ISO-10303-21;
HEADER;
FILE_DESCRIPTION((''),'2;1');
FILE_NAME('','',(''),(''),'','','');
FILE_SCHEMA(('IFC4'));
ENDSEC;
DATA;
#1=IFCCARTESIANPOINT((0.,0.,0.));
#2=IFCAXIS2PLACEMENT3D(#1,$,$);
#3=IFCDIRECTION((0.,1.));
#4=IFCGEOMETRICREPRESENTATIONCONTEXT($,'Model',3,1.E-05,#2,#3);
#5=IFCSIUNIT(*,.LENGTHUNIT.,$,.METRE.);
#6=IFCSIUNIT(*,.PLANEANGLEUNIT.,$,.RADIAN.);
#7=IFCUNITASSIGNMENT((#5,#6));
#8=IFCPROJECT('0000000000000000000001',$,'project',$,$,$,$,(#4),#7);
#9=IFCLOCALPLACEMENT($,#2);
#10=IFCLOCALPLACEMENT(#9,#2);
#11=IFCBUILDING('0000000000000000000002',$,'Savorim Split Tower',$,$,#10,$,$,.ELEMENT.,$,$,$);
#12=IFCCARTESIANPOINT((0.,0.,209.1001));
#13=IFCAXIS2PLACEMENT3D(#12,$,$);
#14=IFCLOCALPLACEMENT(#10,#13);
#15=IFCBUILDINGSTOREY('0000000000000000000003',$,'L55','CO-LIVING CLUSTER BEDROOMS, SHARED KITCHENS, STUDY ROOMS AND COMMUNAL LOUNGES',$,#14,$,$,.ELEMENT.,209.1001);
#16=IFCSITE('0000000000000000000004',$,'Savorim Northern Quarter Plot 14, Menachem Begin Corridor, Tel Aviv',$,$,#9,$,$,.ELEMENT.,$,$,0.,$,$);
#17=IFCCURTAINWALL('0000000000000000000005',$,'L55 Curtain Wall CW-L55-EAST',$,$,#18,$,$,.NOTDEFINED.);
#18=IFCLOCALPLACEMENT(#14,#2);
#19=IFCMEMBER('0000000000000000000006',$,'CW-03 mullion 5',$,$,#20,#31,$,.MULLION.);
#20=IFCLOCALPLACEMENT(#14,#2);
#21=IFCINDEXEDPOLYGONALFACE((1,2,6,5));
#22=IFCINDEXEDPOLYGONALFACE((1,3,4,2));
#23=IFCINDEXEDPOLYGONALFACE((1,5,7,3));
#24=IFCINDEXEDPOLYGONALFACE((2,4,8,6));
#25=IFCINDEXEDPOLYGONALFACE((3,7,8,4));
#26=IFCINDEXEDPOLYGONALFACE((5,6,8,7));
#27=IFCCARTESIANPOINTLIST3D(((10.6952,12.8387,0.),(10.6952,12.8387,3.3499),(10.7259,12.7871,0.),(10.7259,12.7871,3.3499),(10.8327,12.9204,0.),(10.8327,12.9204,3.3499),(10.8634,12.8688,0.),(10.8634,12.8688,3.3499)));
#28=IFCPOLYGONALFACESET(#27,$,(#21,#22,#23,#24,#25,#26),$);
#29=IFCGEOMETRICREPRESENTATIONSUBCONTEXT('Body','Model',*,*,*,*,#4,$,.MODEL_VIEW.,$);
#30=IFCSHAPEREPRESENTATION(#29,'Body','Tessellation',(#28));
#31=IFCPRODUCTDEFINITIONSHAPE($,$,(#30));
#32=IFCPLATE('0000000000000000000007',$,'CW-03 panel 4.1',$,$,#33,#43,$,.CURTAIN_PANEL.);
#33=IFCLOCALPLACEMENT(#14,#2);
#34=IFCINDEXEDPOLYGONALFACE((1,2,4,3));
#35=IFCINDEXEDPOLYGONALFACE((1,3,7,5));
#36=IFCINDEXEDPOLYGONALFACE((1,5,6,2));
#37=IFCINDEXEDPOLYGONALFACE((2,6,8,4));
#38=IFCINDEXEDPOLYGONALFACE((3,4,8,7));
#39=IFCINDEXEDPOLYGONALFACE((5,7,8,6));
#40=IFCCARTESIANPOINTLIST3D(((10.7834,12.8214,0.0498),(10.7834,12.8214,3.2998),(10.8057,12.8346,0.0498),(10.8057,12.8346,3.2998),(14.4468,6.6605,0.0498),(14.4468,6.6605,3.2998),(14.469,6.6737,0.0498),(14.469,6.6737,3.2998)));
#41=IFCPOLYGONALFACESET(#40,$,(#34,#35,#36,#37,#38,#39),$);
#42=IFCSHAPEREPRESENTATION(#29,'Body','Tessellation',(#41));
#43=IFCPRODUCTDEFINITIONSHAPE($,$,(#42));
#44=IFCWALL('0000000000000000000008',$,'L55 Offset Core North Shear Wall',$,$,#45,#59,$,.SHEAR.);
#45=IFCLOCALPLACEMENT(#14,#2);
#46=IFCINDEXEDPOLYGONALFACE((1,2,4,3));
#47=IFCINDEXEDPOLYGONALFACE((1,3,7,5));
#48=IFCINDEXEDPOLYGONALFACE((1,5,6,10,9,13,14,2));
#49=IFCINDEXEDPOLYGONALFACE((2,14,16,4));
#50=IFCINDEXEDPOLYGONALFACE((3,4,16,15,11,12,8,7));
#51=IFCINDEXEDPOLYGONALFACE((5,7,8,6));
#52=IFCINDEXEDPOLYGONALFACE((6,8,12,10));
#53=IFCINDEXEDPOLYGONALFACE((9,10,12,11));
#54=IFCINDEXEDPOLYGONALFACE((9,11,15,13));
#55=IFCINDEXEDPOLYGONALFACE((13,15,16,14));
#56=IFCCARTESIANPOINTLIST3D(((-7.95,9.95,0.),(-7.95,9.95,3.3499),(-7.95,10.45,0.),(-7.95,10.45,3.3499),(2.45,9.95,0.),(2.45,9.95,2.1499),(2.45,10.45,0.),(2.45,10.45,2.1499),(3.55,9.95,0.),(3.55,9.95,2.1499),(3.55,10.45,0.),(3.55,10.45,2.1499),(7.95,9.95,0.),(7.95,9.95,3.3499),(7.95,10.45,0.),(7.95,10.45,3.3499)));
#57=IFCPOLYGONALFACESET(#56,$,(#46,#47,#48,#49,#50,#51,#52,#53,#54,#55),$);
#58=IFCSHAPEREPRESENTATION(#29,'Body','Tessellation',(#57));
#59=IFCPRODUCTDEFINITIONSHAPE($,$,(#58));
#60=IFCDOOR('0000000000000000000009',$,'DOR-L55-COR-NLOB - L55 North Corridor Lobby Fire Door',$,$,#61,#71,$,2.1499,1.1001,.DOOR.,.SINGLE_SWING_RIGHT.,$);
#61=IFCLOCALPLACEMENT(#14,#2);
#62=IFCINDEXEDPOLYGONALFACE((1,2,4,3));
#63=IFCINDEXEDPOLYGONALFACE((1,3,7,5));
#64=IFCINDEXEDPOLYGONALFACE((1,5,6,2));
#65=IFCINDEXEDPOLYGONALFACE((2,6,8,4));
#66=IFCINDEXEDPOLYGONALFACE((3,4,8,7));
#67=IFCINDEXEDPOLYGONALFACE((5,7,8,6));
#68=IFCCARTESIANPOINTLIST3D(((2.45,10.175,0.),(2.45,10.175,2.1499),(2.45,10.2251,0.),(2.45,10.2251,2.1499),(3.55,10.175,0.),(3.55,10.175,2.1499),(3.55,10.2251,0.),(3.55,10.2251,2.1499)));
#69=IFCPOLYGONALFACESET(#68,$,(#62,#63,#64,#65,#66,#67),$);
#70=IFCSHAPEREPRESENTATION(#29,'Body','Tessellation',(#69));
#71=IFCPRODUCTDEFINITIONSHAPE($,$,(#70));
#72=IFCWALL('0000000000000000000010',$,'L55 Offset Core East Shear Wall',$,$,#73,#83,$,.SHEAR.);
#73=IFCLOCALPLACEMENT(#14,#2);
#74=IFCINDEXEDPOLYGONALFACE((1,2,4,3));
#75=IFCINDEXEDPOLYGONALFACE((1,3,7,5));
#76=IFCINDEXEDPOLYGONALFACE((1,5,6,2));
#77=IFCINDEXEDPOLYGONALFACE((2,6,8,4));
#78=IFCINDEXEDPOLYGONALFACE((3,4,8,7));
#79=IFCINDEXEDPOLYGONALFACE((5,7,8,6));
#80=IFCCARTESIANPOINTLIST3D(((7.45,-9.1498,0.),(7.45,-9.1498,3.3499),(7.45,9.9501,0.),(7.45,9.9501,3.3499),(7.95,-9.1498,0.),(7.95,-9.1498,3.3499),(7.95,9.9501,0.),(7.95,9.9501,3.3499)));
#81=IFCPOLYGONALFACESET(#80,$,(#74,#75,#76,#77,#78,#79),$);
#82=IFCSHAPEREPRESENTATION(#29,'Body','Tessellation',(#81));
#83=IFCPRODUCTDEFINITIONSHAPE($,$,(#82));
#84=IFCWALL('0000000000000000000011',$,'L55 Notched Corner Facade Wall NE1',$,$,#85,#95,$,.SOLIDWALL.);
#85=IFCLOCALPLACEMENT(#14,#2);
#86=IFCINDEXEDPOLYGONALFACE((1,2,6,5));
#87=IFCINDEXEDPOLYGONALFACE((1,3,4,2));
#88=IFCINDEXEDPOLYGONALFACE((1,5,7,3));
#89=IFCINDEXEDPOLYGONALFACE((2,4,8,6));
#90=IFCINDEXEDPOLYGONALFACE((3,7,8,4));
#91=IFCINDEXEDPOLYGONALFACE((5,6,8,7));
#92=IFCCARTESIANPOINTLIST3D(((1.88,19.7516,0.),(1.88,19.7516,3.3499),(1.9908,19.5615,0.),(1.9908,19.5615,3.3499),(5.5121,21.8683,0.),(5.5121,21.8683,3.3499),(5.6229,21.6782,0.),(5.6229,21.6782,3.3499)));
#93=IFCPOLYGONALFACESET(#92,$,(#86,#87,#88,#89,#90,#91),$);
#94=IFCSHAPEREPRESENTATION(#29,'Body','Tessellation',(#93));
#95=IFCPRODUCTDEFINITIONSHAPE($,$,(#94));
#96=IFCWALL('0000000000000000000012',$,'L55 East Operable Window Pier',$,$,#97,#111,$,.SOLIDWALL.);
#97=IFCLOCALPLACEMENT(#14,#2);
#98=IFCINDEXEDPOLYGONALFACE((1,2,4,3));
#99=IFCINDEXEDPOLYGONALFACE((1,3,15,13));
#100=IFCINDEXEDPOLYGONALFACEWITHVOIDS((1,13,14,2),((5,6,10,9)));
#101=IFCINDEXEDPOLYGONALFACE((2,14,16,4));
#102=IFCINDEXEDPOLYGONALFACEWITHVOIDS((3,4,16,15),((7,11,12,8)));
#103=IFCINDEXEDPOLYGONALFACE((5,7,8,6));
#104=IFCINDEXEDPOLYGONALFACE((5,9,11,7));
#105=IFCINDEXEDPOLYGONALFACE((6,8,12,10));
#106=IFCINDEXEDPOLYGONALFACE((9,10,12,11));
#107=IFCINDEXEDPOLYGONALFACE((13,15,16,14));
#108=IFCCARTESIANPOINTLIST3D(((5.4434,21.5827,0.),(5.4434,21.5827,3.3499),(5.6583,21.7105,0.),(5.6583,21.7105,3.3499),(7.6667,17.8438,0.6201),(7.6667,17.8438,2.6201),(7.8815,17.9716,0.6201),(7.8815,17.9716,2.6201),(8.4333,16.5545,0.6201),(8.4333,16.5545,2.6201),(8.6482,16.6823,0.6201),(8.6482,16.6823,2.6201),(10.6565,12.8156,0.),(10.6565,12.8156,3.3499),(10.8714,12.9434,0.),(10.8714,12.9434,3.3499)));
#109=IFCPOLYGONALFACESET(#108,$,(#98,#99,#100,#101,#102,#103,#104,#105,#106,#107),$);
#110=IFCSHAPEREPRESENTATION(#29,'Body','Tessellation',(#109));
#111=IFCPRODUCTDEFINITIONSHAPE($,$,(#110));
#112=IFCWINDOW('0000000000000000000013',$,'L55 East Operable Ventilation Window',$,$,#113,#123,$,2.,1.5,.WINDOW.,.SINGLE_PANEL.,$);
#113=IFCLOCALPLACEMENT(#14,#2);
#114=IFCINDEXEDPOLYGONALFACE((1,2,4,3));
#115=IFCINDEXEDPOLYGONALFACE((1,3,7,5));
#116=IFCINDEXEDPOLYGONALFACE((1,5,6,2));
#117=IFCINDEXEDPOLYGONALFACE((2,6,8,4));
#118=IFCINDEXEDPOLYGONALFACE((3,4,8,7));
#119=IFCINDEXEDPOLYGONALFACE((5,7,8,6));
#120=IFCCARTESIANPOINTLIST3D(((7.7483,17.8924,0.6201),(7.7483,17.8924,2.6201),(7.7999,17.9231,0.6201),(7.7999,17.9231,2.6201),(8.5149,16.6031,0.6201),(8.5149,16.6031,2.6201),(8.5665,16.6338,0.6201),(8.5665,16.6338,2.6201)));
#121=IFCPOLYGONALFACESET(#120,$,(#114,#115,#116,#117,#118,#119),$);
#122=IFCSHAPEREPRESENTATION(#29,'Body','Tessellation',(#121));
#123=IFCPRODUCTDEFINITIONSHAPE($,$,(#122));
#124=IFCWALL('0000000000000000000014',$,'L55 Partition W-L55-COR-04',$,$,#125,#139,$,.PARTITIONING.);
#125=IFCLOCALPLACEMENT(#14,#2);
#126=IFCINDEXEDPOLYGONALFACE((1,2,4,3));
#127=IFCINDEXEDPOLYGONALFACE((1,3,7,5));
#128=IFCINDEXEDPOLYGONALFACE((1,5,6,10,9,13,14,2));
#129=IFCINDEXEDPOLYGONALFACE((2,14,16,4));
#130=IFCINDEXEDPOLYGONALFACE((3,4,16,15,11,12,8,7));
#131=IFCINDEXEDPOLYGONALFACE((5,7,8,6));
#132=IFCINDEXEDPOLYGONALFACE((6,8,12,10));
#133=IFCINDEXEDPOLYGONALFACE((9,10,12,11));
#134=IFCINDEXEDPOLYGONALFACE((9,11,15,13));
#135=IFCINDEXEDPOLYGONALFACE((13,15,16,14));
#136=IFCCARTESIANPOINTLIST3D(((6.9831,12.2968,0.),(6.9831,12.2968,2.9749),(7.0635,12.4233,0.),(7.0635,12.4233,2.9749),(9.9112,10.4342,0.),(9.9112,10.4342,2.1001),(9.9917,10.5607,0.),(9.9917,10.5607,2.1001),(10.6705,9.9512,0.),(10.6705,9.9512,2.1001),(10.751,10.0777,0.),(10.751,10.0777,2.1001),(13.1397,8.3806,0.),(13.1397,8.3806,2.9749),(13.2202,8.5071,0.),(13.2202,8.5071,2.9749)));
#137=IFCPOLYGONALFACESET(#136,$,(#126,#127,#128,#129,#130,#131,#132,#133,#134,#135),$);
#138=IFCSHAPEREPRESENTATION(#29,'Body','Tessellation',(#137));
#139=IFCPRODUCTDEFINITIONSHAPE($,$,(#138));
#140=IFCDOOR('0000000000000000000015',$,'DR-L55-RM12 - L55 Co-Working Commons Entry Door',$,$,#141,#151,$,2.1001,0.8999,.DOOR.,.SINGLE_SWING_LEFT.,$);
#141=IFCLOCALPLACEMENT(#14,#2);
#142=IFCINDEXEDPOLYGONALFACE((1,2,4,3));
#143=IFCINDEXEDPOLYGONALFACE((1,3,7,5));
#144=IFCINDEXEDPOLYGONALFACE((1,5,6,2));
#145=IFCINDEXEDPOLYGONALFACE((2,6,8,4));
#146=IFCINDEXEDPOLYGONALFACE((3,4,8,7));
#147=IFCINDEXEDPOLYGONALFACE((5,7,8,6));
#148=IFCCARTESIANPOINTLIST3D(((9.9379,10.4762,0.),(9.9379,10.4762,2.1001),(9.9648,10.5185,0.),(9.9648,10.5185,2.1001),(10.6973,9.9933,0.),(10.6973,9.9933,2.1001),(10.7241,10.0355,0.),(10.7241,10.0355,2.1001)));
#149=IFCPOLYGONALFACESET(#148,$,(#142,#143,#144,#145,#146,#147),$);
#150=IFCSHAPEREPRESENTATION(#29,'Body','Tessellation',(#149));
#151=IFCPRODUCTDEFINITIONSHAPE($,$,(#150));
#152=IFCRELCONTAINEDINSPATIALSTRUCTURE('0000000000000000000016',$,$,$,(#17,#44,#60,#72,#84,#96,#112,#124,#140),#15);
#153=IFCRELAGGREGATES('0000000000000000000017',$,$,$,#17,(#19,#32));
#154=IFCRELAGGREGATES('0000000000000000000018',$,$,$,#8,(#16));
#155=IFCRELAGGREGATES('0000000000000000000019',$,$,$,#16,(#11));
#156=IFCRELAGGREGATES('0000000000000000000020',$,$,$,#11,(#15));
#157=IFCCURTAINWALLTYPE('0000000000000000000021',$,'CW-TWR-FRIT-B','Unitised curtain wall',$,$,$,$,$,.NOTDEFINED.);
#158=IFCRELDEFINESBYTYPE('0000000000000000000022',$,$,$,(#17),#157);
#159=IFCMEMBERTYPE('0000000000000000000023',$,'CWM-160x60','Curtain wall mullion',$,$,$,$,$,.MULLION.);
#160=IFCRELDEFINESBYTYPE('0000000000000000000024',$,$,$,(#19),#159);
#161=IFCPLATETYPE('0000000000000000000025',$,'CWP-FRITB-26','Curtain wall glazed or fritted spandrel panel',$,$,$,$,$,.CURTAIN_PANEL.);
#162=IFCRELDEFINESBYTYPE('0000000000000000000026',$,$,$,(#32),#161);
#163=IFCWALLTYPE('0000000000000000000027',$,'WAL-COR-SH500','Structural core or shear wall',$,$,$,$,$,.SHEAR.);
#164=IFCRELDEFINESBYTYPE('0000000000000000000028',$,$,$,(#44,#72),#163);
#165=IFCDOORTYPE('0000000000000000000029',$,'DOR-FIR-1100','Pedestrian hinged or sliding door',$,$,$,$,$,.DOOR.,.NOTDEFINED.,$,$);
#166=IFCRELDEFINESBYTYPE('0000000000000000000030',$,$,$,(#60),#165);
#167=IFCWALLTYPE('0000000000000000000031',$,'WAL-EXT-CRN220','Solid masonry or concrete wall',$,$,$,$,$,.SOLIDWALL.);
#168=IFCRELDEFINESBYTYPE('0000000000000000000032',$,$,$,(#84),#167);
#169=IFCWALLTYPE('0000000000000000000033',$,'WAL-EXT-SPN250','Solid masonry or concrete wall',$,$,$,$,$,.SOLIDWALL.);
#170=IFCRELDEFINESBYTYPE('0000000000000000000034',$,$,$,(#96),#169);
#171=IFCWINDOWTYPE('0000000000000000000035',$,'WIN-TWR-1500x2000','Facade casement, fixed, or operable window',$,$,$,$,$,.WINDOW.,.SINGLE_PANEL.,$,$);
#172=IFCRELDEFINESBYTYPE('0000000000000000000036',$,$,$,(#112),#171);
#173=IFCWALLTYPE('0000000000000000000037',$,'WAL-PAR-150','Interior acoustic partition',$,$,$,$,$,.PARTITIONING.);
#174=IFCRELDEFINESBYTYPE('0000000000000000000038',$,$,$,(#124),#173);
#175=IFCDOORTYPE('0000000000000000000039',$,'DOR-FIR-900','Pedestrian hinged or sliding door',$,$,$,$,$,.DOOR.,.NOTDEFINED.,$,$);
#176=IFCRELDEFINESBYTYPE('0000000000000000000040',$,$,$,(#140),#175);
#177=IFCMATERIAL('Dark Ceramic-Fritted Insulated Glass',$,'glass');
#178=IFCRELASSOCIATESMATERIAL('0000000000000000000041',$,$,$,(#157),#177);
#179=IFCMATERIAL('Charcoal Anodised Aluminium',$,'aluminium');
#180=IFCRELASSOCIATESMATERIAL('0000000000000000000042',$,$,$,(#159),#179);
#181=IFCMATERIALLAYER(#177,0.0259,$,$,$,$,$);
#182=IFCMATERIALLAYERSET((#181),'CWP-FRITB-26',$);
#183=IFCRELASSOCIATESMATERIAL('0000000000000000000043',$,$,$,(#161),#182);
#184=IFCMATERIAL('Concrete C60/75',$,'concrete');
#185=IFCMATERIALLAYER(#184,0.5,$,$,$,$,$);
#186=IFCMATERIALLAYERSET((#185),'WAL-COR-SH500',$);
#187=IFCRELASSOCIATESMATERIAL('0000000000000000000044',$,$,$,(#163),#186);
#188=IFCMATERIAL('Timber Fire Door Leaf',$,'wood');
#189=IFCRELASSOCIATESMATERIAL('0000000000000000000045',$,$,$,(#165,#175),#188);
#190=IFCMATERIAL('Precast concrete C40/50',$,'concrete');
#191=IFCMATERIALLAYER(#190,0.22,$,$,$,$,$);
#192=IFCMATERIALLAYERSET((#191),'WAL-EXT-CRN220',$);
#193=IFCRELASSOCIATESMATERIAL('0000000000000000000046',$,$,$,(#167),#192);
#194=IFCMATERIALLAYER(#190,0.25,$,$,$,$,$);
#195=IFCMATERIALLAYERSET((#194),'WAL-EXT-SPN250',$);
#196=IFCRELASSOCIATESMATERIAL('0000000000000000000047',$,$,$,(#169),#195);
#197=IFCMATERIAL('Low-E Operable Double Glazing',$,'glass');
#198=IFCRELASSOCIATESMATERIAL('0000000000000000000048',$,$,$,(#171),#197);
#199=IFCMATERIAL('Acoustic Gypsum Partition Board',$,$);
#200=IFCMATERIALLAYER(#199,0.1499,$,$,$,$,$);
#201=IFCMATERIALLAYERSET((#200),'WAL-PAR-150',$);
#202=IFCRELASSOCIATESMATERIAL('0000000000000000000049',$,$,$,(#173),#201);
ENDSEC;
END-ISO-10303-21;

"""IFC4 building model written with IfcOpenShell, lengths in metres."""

from ifc_helpers import new_model, si_unit, direction, frame, frame_2d, origin, origin_2d, place, context, subcontext, project, spatial, rectangle, extrude, material, layer, layer_set, material_profile, profile_set, type_object, element, fill, aggregate, save


model = new_model("IFC4")

# Units and contexts
model_context = context("Model", 3, precision=1e-05, world=origin(), true_north=direction((0.0, 1.0)))
body_context = subcontext(model_context, "Body", "Model", "MODEL_VIEW")
ifc_project = project(units=[si_unit("LENGTHUNIT", "METRE"), si_unit("PLANEANGLEUNIT", "RADIAN")], contexts=[model_context])

# Site, building, storey
site_placement = place(None, origin())
site = spatial("IfcSite", under=ifc_project, at=site_placement, Name="Savorim Northern Quarter Plot 14, Menachem Begin Corridor, Tel Aviv", CompositionType="ELEMENT", RefElevation=0.0)
building_placement = place(site_placement, origin())
building = spatial("IfcBuilding", under=site, at=building_placement, Name="Savorim Split Tower", CompositionType="ELEMENT")
storey_placement = place(building_placement, frame((0.0, 0.0, 209.1001)))
storey = spatial("IfcBuildingStorey", under=building, at=storey_placement, Name="L55", Description="CO-LIVING CLUSTER BEDROOMS, SHARED KITCHENS, STUDY ROOMS AND COMMUNAL LOUNGES", CompositionType="ELEMENT", Elevation=209.1001)

# Curtain wall, member, plate
ifc_material_1 = material(Name="Dark Ceramic-Fritted Insulated Glass", Category="glass")
curtain_wall_type = type_object("IfcCurtainWallType", Name="CW-TWR-FRIT-B", Description="Unitised curtain wall", PredefinedType="NOTDEFINED", material=ifc_material_1)
curtain_wall_placement = place(storey_placement, origin())
curtain_wall = element("IfcCurtainWall", 1, at=curtain_wall_placement, inside=storey, type_object=curtain_wall_type, Name="L55 Curtain Wall CW-L55-EAST", PredefinedType="NOTDEFINED")
ifc_material_2 = material(Name="Charcoal Anodised Aluminium", Category="aluminium")
ifc_material_profile_1 = material_profile(ifc_material_2, rectangle(XDim=0.1599, YDim=0.0601, at=origin_2d()), Name="ALU-M 160x60")
ifc_profile_set_1 = profile_set([ifc_material_profile_1], Name="Charcoal Anodised Aluminium")
member_type = type_object("IfcMemberType", Name="CWM-160x60", Description="Curtain wall mullion", PredefinedType="MULLION", material=ifc_profile_set_1)
member_placement = place(storey_placement, frame((10.7793, 12.8538, 0.0), z_axis=(0.0, 0.0, 1.0), x_axis=(-0.859526, -0.511092, 0.0)))
member = element("IfcMember", 2, at=member_placement, type_object=member_type, Name="CW-03 mullion 5", PredefinedType="MULLION", context=body_context, shape_type="SweptSolid", body=[
    extrude(rectangle(XDim=0.1599, YDim=0.0601, at=origin_2d()), origin(), (0.0, 0.0, 1.0), 3.3499),
])
ifc_layer_1 = layer(ifc_material_1, 0.0259)
ifc_layer_set_1 = layer_set([ifc_layer_1], Name="CWP-FRITB-26")
plate_type = type_object("IfcPlateType", Name="CWP-FRITB-26", Description="Curtain wall glazed or fritted spandrel panel", PredefinedType="CURTAIN_PANEL", material=ifc_layer_set_1)
plate_placement = place(storey_placement, frame((12.6262, 9.7476, 0.0498), z_axis=(0.0, 0.0, 1.0), x_axis=(-0.511092, 0.859526, 0.0)))
plate = element("IfcPlate", 3, at=plate_placement, type_object=plate_type, Name="CW-03 panel 4.1", PredefinedType="CURTAIN_PANEL", context=body_context, shape_type="SweptSolid", body=[
    extrude(rectangle(XDim=7.1677, YDim=0.0259, at=origin_2d()), origin(), (0.0, 0.0, 1.0), 3.25),
])
aggregate(curtain_wall, [member, plate])

# Wall, opening, door
ifc_material_3 = material(Name="Concrete C60/75", Category="concrete")
ifc_layer_2 = layer(ifc_material_3, 0.5)
ifc_layer_set_2 = layer_set([ifc_layer_2], Name="WAL-COR-SH500")
wall_type_1 = type_object("IfcWallType", Name="WAL-COR-SH500", Description="Structural core or shear wall", PredefinedType="SHEAR", material=ifc_layer_set_2)
wall_1_placement = place(storey_placement, frame((7.95, 10.2, 0.0), z_axis=(0.0, 0.0, 1.0), x_axis=(-1.0, 0.0, 0.0)))
wall_1 = element("IfcWall", 4, at=wall_1_placement, inside=storey, type_object=wall_type_1, Name="L55 Offset Core North Shear Wall", PredefinedType="SHEAR", context=body_context, shape_type="SweptSolid", body=[
    extrude(rectangle(XDim=15.8999, YDim=0.5, at=frame_2d((7.95, 0.0))), origin(), (0.0, 0.0, 1.0), 3.3499),
])
opening_1_placement = place(wall_1_placement, frame((4.3999, 0.0, 0.0)))
opening_1 = element("IfcOpeningElement", 5, at=opening_1_placement, cuts=wall_1, PredefinedType="OPENING", context=body_context, shape_type="SweptSolid", body=[
    extrude(rectangle(XDim=1.1001, YDim=2.1499, at=frame_2d((0.55, 1.075))), frame((0.0, 0.26, 0.0), z_axis=(0.0, -1.0, 0.0), x_axis=(1.0, 0.0, 0.0)), (0.0, 0.0, 1.0), 0.52),
])
ifc_material_4 = material(Name="Timber Fire Door Leaf", Category="wood")
door_type_1 = type_object("IfcDoorType", Name="DOR-FIR-1100", Description="Pedestrian hinged or sliding door", OperationType="NOTDEFINED", PredefinedType="DOOR", material=ifc_material_4)
door_1_placement = place(opening_1_placement, origin())
door_1 = element("IfcDoor", 6, at=door_1_placement, inside=storey, type_object=door_type_1, Name="DOR-L55-COR-NLOB - L55 North Corridor Lobby Fire Door", OperationType="SINGLE_SWING_RIGHT", OverallHeight=2.1499, OverallWidth=1.1001, PredefinedType="DOOR", context=body_context, shape_type="SweptSolid", body=[
    extrude(rectangle(XDim=1.1001, YDim=2.1499, at=frame_2d((0.55, 1.075))), frame((0.0, 0.0249, 0.0), z_axis=(0.0, -1.0, 0.0), x_axis=(1.0, 0.0, 0.0)), (0.0, 0.0, 1.0), 0.05),
])
fill(opening_1, door_1)

# Walls
wall_2_placement = place(storey_placement, frame((7.7, 9.95, 0.0), z_axis=(0.0, 0.0, 1.0), x_axis=(0.0, -1.0, 0.0)))
element("IfcWall", 7, at=wall_2_placement, inside=storey, type_object=wall_type_1, Name="L55 Offset Core East Shear Wall", PredefinedType="SHEAR", context=body_context, shape_type="SweptSolid", body=[
    extrude(rectangle(XDim=19.0999, YDim=0.5, at=frame_2d((9.5498, 0.0))), origin(), (0.0, 0.0, 1.0), 3.3499),
])
ifc_material_5 = material(Name="Precast concrete C40/50", Category="concrete")
ifc_layer_3 = layer(ifc_material_5, 0.22)
ifc_layer_set_3 = layer_set([ifc_layer_3], Name="WAL-EXT-CRN220")
wall_type_2 = type_object("IfcWallType", Name="WAL-EXT-CRN220", Description="Solid masonry or concrete wall", PredefinedType="SOLIDWALL", material=ifc_layer_set_3)
wall_3_placement = place(storey_placement, frame((1.9353, 19.6565, 0.0), z_axis=(0.0, 0.0, 1.0), x_axis=(0.863987, 0.503514, 0.0)))
element("IfcWall", 8, at=wall_3_placement, inside=storey, type_object=wall_type_2, Name="L55 Notched Corner Facade Wall NE1", PredefinedType="SOLIDWALL", context=body_context, shape_type="SweptSolid", body=[
    extrude(rectangle(XDim=4.2039, YDim=0.22, at=frame_2d((2.1021, 0.0))), origin(), (0.0, 0.0, 1.0), 3.3499),
])

# Wall, opening, window
ifc_layer_4 = layer(ifc_material_5, 0.25)
ifc_layer_set_4 = layer_set([ifc_layer_4], Name="WAL-EXT-SPN250")
wall_type_3 = type_object("IfcWallType", Name="WAL-EXT-SPN250", Description="Solid masonry or concrete wall", PredefinedType="SOLIDWALL", material=ifc_layer_set_4)
wall_4_placement = place(storey_placement, frame((5.5508, 21.6467, 0.0), z_axis=(0.0, 0.0, 1.0), x_axis=(0.511095, -0.859524, 0.0)))
wall_4 = element("IfcWall", 9, at=wall_4_placement, inside=storey, type_object=wall_type_3, Name="L55 East Operable Window Pier", PredefinedType="SOLIDWALL", context=body_context, shape_type="SweptSolid", body=[
    extrude(rectangle(XDim=10.2, YDim=0.25, at=frame_2d((5.1001, 0.0))), origin(), (0.0, 0.0, 1.0), 3.3499),
])
opening_2_placement = place(wall_4_placement, frame((4.3501, 0.0, 0.6201)))
opening_2 = element("IfcOpeningElement", 10, at=opening_2_placement, cuts=wall_4, PredefinedType="OPENING", context=body_context, shape_type="SweptSolid", body=[
    extrude(rectangle(XDim=1.5, YDim=2.0, at=frame_2d((0.75, 1.0))), frame((0.0, 0.135, 0.0), z_axis=(0.0, -1.0, 0.0), x_axis=(1.0, 0.0, 0.0)), (0.0, 0.0, 1.0), 0.27),
])
ifc_material_6 = material(Name="Low-E Operable Double Glazing", Category="glass")
window_type = type_object("IfcWindowType", Name="WIN-TWR-1500x2000", Description="Facade casement, fixed, or operable window", PartitioningType="SINGLE_PANEL", PredefinedType="WINDOW", material=ifc_material_6)
window_placement = place(opening_2_placement, origin())
window = element("IfcWindow", 11, at=window_placement, inside=storey, type_object=window_type, Name="L55 East Operable Ventilation Window", OverallHeight=2.0, OverallWidth=1.5, PartitioningType="SINGLE_PANEL", PredefinedType="WINDOW", context=body_context, shape_type="SweptSolid", body=[
    extrude(rectangle(XDim=1.5, YDim=2.0, at=frame_2d((0.75, 1.0))), frame((0.0, 0.03, 0.0), z_axis=(0.0, -1.0, 0.0), x_axis=(1.0, 0.0, 0.0)), (0.0, 0.0, 1.0), 0.0601),
])
fill(opening_2, window)

# Wall, opening, door
ifc_material_7 = material(Name="Acoustic Gypsum Partition Board")
ifc_layer_5 = layer(ifc_material_7, 0.1499)
ifc_layer_set_5 = layer_set([ifc_layer_5], Name="WAL-PAR-150")
wall_type_4 = type_object("IfcWallType", Name="WAL-PAR-150", Description="Interior acoustic partition", PredefinedType="PARTITIONING", material=ifc_layer_set_5)
wall_5_placement = place(storey_placement, frame((7.0232, 12.3601, 0.0), z_axis=(0.0, 0.0, 1.0), x_axis=(0.843765, -0.536713, 0.0)))
wall_5 = element("IfcWall", 12, at=wall_5_placement, inside=storey, type_object=wall_type_4, Name="L55 Partition W-L55-COR-04", PredefinedType="PARTITIONING", context=body_context, shape_type="SweptSolid", body=[
    extrude(rectangle(XDim=7.2966, YDim=0.1499, at=frame_2d((3.6484, 0.0))), origin(), (0.0, 0.0, 1.0), 2.9749),
])
opening_3_placement = place(wall_5_placement, frame((3.4705, 0.0, 0.0)))
opening_3 = element("IfcOpeningElement", 13, at=opening_3_placement, cuts=wall_5, PredefinedType="OPENING", context=body_context, shape_type="SweptSolid", body=[
    extrude(rectangle(XDim=0.8999, YDim=2.1001, at=frame_2d((0.45, 1.05))), frame((0.0, 0.085, 0.0), z_axis=(0.0, -1.0, 0.0), x_axis=(1.0, 0.0, 0.0)), (0.0, 0.0, 1.0), 0.1699),
])
door_type_2 = type_object("IfcDoorType", Name="DOR-FIR-900", Description="Pedestrian hinged or sliding door", OperationType="NOTDEFINED", PredefinedType="DOOR", material=ifc_material_4)
door_2_placement = place(opening_3_placement, origin())
door_2 = element("IfcDoor", 14, at=door_2_placement, inside=storey, type_object=door_type_2, Name="DR-L55-RM12 - L55 Co-Working Commons Entry Door", OperationType="SINGLE_SWING_LEFT", OverallHeight=2.1001, OverallWidth=0.8999, PredefinedType="DOOR", context=body_context, shape_type="SweptSolid", body=[
    extrude(rectangle(XDim=0.8999, YDim=2.1001, at=frame_2d((0.45, 1.05))), frame((0.0, 0.0249, 0.0), z_axis=(0.0, -1.0, 0.0), x_axis=(1.0, 0.0, 0.0)), (0.0, 0.0, 1.0), 0.05),
])
fill(opening_3, door_2)

save(model, "model.ifc")
